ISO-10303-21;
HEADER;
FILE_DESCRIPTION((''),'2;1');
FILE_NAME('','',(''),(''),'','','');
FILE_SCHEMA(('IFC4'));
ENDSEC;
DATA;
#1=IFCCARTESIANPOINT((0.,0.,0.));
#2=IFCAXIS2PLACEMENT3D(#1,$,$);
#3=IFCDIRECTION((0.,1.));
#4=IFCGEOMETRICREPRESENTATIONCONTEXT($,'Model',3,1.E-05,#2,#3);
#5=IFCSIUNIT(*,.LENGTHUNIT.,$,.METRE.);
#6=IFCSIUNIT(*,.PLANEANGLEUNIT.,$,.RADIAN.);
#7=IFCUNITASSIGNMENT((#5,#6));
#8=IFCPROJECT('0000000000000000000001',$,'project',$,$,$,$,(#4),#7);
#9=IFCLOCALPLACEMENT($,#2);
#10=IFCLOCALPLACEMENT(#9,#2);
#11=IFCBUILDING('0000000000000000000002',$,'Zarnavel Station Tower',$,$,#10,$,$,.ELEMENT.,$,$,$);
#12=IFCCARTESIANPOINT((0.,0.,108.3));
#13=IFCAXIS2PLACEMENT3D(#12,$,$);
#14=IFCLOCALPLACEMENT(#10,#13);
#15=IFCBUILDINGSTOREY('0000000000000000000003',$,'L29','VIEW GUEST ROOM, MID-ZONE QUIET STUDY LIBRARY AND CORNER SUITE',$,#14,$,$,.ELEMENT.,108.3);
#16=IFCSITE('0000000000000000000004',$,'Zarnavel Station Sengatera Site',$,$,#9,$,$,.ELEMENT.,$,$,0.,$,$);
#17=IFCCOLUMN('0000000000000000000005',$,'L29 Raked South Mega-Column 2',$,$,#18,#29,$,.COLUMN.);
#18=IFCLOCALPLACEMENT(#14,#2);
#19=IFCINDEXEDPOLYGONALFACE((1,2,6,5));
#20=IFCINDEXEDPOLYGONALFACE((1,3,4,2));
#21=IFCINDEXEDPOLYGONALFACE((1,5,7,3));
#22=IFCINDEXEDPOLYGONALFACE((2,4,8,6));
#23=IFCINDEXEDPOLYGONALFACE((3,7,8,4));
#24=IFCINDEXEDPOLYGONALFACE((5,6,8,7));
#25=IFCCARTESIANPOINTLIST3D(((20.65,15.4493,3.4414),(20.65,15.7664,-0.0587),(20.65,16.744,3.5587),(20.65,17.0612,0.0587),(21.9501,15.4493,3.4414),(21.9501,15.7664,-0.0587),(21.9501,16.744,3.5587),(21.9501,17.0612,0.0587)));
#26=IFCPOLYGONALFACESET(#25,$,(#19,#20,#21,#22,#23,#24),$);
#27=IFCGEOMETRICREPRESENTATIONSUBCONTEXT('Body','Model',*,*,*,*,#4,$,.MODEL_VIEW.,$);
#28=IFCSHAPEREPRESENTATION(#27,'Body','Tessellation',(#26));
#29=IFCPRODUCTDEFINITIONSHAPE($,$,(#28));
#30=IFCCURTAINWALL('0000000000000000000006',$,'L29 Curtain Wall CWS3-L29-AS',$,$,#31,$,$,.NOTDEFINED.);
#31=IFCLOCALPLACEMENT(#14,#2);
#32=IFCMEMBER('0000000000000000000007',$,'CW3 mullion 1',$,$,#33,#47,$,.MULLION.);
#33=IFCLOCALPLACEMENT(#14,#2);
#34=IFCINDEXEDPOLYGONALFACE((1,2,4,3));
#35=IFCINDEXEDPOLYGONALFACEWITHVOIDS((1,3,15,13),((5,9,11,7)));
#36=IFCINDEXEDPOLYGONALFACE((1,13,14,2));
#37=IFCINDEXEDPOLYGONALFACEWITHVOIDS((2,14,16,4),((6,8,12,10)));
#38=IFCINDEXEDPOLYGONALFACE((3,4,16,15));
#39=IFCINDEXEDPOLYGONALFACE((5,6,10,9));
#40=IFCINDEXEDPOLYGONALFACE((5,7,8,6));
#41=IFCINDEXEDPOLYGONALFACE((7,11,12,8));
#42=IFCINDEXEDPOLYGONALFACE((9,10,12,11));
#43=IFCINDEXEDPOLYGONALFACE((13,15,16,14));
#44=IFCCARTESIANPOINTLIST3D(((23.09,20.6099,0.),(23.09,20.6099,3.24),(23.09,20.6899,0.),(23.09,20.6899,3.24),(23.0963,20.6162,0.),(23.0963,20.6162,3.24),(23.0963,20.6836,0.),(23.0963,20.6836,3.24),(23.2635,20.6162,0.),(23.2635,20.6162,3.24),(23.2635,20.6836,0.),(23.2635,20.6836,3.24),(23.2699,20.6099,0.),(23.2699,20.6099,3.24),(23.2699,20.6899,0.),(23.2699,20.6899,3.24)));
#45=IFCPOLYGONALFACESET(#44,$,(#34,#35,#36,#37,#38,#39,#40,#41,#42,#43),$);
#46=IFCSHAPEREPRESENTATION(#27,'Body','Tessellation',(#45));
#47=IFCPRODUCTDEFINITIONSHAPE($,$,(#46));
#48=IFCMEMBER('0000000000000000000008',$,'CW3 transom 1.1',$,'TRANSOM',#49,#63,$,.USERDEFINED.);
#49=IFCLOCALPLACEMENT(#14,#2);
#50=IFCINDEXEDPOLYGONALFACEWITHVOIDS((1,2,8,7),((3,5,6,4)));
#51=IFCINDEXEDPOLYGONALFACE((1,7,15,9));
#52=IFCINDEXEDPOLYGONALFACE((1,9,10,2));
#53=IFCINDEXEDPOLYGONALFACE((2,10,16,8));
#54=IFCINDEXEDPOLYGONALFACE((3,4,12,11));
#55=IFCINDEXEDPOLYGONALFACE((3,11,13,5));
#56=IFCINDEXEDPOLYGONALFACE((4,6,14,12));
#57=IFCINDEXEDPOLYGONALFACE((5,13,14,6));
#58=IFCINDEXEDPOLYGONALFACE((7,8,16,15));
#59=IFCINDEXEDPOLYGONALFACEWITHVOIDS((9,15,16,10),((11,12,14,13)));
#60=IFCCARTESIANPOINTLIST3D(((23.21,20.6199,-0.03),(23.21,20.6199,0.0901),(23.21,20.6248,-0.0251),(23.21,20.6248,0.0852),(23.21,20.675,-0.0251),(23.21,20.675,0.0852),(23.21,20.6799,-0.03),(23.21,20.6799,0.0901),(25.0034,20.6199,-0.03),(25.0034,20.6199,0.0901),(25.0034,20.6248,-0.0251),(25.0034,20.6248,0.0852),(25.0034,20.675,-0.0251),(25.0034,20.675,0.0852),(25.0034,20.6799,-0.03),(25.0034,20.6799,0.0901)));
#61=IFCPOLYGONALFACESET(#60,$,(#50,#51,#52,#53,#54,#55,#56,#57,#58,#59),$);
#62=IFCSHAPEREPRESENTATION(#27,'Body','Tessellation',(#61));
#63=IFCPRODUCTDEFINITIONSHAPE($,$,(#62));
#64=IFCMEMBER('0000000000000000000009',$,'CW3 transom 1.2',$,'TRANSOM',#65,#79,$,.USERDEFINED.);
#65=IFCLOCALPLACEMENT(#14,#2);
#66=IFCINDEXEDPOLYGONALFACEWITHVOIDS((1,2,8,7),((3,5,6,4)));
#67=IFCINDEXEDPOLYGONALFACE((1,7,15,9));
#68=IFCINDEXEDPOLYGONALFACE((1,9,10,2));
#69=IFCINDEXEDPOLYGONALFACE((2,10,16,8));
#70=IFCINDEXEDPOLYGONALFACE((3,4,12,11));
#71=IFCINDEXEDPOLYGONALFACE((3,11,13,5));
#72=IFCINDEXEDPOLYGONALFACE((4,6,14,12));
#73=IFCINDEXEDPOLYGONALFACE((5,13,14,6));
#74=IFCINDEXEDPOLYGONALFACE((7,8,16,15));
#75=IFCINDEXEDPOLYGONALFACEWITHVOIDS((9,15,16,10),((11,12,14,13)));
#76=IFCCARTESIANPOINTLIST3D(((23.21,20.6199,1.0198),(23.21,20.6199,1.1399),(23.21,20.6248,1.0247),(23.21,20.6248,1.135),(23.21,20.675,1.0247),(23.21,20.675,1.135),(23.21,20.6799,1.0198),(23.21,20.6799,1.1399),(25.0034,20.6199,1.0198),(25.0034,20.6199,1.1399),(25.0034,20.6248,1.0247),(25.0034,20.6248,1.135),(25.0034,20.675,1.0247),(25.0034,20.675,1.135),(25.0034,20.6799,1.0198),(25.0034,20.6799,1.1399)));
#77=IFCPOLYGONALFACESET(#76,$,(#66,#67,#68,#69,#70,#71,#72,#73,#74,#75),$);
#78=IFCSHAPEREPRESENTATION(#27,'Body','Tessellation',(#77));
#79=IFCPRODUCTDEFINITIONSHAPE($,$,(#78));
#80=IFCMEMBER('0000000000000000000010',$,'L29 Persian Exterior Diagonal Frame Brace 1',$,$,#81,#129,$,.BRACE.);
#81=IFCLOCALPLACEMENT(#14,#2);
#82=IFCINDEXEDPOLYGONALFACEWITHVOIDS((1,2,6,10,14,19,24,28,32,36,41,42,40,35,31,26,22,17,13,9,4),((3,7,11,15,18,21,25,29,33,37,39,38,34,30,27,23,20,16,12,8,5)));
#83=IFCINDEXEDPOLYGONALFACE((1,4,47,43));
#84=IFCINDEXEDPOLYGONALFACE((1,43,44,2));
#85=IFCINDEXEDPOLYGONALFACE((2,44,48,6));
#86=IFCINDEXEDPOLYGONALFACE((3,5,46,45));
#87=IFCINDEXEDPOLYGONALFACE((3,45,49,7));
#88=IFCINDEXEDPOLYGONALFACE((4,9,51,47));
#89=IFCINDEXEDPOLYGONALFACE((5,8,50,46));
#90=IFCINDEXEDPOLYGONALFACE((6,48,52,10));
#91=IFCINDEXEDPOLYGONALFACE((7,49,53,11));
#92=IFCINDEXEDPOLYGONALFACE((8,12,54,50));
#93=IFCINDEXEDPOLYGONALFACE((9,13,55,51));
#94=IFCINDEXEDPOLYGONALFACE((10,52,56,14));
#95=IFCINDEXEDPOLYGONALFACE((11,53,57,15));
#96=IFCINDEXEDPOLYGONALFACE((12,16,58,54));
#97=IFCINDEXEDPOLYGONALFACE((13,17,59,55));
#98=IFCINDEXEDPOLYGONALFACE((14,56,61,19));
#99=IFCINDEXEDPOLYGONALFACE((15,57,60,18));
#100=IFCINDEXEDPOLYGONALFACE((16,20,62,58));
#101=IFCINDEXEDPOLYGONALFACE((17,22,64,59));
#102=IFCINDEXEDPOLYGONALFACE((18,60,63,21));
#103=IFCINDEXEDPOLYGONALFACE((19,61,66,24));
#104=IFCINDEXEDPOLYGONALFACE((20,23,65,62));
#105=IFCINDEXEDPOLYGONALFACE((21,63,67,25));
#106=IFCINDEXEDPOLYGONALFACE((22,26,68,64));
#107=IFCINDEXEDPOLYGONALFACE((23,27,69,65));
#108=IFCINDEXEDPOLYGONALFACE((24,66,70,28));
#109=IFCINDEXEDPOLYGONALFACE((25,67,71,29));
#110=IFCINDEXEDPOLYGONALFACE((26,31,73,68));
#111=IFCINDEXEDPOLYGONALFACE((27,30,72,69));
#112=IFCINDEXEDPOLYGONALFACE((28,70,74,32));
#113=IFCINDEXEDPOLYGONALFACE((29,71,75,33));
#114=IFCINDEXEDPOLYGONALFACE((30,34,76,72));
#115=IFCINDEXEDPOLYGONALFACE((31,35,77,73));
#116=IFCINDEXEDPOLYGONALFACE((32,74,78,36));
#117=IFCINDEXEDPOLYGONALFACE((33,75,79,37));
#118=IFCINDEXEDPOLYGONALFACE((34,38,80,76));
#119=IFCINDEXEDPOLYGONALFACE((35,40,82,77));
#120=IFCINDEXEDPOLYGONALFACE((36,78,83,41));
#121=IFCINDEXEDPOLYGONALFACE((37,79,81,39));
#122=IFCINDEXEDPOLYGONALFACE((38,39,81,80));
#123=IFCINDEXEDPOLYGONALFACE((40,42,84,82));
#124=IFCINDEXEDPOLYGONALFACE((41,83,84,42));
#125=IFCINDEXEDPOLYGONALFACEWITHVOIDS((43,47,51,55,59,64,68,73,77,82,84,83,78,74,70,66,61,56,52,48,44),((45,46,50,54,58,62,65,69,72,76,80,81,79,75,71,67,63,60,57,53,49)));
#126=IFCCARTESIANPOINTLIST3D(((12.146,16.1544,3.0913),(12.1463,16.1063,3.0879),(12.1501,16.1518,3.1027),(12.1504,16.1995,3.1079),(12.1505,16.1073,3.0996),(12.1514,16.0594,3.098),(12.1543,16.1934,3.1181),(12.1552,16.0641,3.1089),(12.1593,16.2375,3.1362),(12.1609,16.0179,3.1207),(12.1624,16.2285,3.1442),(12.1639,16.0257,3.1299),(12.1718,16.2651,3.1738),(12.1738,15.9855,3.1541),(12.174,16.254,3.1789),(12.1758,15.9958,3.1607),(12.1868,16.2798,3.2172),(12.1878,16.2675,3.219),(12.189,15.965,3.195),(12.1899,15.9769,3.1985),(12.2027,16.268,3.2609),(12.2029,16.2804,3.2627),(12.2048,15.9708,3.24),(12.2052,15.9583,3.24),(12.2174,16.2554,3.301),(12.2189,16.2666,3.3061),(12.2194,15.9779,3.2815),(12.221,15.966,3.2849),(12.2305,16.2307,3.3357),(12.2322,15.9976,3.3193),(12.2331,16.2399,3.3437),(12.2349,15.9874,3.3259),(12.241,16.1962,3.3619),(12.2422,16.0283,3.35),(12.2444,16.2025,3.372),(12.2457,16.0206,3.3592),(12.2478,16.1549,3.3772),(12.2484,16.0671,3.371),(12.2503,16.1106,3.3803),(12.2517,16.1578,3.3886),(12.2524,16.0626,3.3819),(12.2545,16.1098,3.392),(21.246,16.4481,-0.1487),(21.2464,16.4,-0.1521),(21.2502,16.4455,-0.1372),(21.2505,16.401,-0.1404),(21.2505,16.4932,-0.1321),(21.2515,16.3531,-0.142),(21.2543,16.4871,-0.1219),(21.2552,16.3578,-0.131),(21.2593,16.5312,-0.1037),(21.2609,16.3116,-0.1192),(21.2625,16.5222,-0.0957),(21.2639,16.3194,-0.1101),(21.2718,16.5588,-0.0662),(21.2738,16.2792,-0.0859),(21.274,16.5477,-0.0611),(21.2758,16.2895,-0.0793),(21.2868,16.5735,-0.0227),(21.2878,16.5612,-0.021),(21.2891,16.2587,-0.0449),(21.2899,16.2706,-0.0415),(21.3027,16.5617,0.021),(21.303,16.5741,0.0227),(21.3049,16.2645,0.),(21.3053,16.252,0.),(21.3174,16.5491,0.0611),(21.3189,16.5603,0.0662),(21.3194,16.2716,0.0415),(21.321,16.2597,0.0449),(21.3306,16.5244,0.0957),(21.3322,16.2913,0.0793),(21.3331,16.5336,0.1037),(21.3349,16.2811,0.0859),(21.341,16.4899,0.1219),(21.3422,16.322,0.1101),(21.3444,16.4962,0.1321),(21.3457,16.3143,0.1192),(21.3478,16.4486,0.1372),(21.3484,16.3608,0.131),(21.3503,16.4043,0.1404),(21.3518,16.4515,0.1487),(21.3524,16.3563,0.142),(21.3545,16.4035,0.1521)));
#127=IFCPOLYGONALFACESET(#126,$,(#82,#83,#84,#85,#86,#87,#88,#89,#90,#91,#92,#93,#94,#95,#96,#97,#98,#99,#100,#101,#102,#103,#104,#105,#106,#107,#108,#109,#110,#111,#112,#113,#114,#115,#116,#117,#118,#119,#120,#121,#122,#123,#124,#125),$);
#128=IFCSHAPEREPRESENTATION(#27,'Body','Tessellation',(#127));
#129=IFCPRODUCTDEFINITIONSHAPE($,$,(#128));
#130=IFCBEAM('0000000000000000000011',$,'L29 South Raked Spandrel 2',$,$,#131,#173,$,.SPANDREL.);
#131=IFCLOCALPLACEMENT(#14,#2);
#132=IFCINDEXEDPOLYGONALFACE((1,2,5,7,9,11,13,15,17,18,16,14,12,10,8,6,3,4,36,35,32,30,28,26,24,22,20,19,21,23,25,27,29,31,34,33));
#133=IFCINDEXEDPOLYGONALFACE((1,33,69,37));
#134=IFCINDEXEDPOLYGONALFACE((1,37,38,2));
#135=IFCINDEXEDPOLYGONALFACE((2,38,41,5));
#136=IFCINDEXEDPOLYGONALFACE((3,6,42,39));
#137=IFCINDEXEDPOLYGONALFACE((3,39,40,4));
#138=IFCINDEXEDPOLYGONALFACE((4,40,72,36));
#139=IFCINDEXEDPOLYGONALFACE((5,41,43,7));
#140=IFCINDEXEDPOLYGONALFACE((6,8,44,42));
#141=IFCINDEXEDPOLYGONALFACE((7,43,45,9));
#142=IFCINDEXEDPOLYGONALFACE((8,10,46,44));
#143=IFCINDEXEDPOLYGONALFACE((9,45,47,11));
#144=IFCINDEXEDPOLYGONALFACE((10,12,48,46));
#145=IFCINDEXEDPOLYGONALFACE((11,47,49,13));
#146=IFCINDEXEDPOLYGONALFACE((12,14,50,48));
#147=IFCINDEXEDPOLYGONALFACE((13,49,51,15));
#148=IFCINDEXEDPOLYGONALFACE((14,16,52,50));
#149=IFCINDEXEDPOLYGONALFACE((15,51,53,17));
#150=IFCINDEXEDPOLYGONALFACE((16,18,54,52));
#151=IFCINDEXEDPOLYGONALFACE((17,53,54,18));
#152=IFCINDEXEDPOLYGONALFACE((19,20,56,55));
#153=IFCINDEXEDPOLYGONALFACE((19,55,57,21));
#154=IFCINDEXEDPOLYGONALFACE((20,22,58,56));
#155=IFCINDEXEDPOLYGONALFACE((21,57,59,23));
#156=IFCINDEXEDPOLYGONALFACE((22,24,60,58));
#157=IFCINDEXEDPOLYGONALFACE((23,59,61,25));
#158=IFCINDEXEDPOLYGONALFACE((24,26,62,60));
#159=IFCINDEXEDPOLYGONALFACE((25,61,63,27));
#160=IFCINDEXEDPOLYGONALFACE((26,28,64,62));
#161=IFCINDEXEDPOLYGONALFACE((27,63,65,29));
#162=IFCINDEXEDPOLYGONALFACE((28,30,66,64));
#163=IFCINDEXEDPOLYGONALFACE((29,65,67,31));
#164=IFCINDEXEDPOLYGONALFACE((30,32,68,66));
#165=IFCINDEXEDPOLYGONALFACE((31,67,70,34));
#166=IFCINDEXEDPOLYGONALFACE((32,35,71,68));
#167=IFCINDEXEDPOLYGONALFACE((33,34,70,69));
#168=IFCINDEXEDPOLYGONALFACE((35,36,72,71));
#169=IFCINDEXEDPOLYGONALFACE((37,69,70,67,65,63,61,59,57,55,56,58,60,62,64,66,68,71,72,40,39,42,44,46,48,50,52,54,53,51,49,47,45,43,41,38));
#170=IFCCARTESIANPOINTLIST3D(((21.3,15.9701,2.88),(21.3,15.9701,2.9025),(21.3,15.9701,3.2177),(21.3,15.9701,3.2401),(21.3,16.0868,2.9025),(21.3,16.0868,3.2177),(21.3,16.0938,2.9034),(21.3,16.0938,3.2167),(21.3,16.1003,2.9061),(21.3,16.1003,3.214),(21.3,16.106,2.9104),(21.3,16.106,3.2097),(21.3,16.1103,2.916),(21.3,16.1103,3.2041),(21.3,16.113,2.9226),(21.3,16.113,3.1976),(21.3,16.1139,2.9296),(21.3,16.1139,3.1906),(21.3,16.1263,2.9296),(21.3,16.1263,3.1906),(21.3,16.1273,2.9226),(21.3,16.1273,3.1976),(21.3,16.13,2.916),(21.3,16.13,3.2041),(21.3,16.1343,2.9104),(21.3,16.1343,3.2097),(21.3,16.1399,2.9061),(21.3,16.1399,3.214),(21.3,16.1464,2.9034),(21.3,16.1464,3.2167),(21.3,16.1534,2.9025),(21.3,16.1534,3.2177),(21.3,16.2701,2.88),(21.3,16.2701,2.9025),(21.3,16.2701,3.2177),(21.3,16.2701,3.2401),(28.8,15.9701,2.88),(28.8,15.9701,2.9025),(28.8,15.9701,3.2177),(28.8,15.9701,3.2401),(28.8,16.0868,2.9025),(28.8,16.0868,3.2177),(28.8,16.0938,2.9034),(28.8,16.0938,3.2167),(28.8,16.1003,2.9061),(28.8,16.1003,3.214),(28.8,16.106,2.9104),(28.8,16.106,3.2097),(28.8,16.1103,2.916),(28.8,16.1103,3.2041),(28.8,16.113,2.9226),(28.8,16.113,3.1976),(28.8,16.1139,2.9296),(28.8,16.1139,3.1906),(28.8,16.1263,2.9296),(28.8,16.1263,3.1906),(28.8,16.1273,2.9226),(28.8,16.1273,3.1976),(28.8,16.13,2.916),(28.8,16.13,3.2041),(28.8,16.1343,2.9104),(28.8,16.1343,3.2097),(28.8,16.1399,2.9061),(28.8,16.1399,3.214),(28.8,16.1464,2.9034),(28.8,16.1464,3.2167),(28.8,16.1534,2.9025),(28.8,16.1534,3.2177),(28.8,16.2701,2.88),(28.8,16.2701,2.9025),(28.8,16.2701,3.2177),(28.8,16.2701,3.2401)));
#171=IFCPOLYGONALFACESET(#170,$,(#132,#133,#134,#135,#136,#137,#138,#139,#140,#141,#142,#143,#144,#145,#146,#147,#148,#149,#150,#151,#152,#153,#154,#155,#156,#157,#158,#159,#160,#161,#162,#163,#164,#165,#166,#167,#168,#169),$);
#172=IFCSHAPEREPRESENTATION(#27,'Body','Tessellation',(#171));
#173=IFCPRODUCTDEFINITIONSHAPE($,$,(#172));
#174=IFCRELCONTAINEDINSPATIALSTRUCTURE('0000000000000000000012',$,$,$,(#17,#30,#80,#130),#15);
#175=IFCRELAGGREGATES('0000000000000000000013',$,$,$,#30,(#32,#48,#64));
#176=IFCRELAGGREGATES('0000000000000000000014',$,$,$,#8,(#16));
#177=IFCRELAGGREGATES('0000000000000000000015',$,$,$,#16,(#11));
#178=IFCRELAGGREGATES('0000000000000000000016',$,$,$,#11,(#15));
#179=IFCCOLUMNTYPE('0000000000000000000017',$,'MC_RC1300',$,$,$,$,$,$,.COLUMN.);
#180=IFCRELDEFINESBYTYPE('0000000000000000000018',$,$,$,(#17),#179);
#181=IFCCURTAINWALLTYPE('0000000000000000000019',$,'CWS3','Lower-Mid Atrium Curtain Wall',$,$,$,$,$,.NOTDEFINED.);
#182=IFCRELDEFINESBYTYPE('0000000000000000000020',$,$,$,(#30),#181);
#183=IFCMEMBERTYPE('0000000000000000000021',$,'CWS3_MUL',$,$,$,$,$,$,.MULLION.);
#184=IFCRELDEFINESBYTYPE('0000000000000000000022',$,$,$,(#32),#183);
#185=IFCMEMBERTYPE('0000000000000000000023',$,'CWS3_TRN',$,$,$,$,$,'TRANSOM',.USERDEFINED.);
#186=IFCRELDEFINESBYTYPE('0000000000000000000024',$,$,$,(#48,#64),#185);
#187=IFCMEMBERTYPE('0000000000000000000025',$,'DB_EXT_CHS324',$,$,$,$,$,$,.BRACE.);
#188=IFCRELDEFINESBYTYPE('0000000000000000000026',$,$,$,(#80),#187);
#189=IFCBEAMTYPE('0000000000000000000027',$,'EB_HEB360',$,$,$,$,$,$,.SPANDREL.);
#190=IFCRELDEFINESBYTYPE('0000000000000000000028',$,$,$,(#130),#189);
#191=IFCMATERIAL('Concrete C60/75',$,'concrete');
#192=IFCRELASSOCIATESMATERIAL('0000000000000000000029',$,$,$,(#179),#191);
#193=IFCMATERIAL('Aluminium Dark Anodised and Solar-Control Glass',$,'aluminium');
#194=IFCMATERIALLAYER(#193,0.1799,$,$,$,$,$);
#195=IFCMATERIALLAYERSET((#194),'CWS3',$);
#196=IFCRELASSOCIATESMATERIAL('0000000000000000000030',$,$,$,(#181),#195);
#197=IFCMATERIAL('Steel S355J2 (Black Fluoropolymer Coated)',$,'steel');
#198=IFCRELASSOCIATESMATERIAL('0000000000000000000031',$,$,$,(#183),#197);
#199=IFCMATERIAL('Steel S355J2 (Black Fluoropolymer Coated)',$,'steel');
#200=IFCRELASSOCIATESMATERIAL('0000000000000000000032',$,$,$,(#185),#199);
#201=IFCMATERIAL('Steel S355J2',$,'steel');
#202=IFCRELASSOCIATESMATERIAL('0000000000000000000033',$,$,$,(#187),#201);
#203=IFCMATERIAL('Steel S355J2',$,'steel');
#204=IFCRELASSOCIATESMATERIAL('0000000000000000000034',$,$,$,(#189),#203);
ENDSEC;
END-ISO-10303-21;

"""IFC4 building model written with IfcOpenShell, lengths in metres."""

from ifc_helpers import new_model, si_unit, direction, frame, origin, origin_2d, place, context, subcontext, project, spatial, rectangle, hollow_rectangle, hollow_circle, i_section, extrude, material, layer, layer_set, material_profile, profile_set, type_object, element, aggregate, save


model = new_model("IFC4")

# Units and contexts
model_context = context("Model", 3, precision=1e-05, world=origin(), true_north=direction((0.0, 1.0)))
body_context = subcontext(model_context, "Body", "Model", "MODEL_VIEW")
ifc_project = project(units=[si_unit("LENGTHUNIT", "METRE"), si_unit("PLANEANGLEUNIT", "RADIAN")], contexts=[model_context])

# Site, building, storey
site_placement = place(None, origin())
site = spatial("IfcSite", under=ifc_project, at=site_placement, Name="Zarnavel Station Sengatera Site", CompositionType="ELEMENT", RefElevation=0.0)
building_placement = place(site_placement, origin())
building = spatial("IfcBuilding", under=site, at=building_placement, Name="Zarnavel Station Tower", CompositionType="ELEMENT")
storey_placement = place(building_placement, frame((0.0, 0.0, 108.3)))
storey = spatial("IfcBuildingStorey", under=building, at=storey_placement, Name="L29", Description="VIEW GUEST ROOM, MID-ZONE QUIET STUDY LIBRARY AND CORNER SUITE", CompositionType="ELEMENT", Elevation=108.3)

# Column
ifc_material_1 = material(Name="Concrete C60/75", Category="concrete")
ifc_material_profile_1 = material_profile(ifc_material_1, rectangle(XDim=1.3, YDim=1.3, at=origin_2d()), Name="RC1300x1300")
ifc_profile_set_1 = profile_set([ifc_material_profile_1], Name="Concrete C60/75")
column_type = type_object("IfcColumnType", Name="MC_RC1300", PredefinedType="COLUMN", material=ifc_profile_set_1)
column_placement = place(storey_placement, frame((21.3, 16.4138, 0.0), z_axis=(0.0, -0.090241, 0.99592), x_axis=(1.0, 0.0, 0.0)))
element("IfcColumn", 1, at=column_placement, inside=storey, type_object=column_type, Name="L29 Raked South Mega-Column 2", PredefinedType="COLUMN", context=body_context, shape_type="SweptSolid", body=[
    extrude(rectangle(XDim=1.3, YDim=1.3, at=origin_2d()), origin(), (0.0, 0.0, 1.0), 3.5144),
])

# Curtain wall, members
ifc_material_2 = material(Name="Aluminium Dark Anodised and Solar-Control Glass", Category="aluminium")
ifc_layer_1 = layer(ifc_material_2, 0.1799)
ifc_layer_set_1 = layer_set([ifc_layer_1], Name="CWS3")
curtain_wall_type = type_object("IfcCurtainWallType", Name="CWS3", Description="Lower-Mid Atrium Curtain Wall", PredefinedType="NOTDEFINED", material=ifc_layer_set_1)
curtain_wall_placement = place(storey_placement, origin())
curtain_wall = element("IfcCurtainWall", 2, at=curtain_wall_placement, inside=storey, type_object=curtain_wall_type, Name="L29 Curtain Wall CWS3-L29-AS", PredefinedType="NOTDEFINED")
ifc_material_3 = material(Name="Steel S355J2 (Black Fluoropolymer Coated)", Category="steel")
ifc_material_profile_2 = material_profile(ifc_material_3, hollow_rectangle(XDim=0.0801, YDim=0.1799, WallThickness=0.0063, at=origin_2d()), Name="RHS180x80x6.3")
ifc_profile_set_2 = profile_set([ifc_material_profile_2], Name="Steel S355J2 (Black Fluoropolymer Coated)")
member_type_1 = type_object("IfcMemberType", Name="CWS3_MUL", PredefinedType="MULLION", material=ifc_profile_set_2)
member_1_placement = place(storey_placement, frame((23.1799, 20.6499, 0.0), z_axis=(0.0, 0.0, 1.0), x_axis=(0.0, 1.0, 0.0)))
member_1 = element("IfcMember", 3, at=member_1_placement, type_object=member_type_1, Name="CW3 mullion 1", PredefinedType="MULLION", context=body_context, shape_type="SweptSolid", body=[
    extrude(hollow_rectangle(XDim=0.0801, YDim=0.1799, WallThickness=0.0063, at=origin_2d()), origin(), (0.0, 0.0, 1.0), 3.24),
])
ifc_material_4 = material(Name="Steel S355J2 (Black Fluoropolymer Coated)", Category="steel")
ifc_material_profile_3 = material_profile(ifc_material_4, hollow_rectangle(XDim=0.0601, YDim=0.1201, WallThickness=0.0049, at=origin_2d()), Name="RHS120x60x5")
ifc_profile_set_3 = profile_set([ifc_material_profile_3], Name="Steel S355J2 (Black Fluoropolymer Coated)")
member_type_2 = type_object("IfcMemberType", Name="CWS3_TRN", ElementType="TRANSOM", PredefinedType="USERDEFINED", material=ifc_profile_set_3)
member_2_placement = place(storey_placement, frame((23.21, 20.6499, 0.03), z_axis=(1.0, 0.0, 0.0), x_axis=(0.0, 1.0, 0.0)))
member_2 = element("IfcMember", 4, at=member_2_placement, type_object=member_type_2, Name="CW3 transom 1.1", ObjectType="TRANSOM", PredefinedType="USERDEFINED", context=body_context, shape_type="SweptSolid", body=[
    extrude(hollow_rectangle(XDim=0.0601, YDim=0.1201, WallThickness=0.0049, at=origin_2d()), origin(), (0.0, 0.0, 1.0), 1.7935),
])
member_3_placement = place(storey_placement, frame((23.21, 20.6499, 1.0798), z_axis=(1.0, 0.0, 0.0), x_axis=(0.0, 1.0, 0.0)))
member_3 = element("IfcMember", 5, at=member_3_placement, type_object=member_type_2, Name="CW3 transom 1.2", ObjectType="TRANSOM", PredefinedType="USERDEFINED", context=body_context, shape_type="SweptSolid", body=[
    extrude(hollow_rectangle(XDim=0.0601, YDim=0.1201, WallThickness=0.0049, at=origin_2d()), origin(), (0.0, 0.0, 1.0), 1.7935),
])
aggregate(curtain_wall, [member_1, member_2, member_3])

# Member
ifc_material_5 = material(Name="Steel S355J2", Category="steel")
ifc_material_profile_4 = material_profile(ifc_material_5, hollow_circle(Radius=0.1619, WallThickness=0.0125, at=origin_2d()), Name="CHS323.9x12.5")
ifc_profile_set_4 = profile_set([ifc_material_profile_4], Name="Steel S355J2")
member_type_3 = type_object("IfcMemberType", Name="DB_EXT_CHS324", PredefinedType="BRACE", material=ifc_profile_set_4)
member_4_placement = place(storey_placement, frame((21.3, 16.4138, 0.0), z_axis=(-0.941636, -0.030391, 0.335259), x_axis=(0.032258, -0.99948, 0.0)))
element("IfcMember", 6, at=member_4_placement, inside=storey, type_object=member_type_3, Name="L29 Persian Exterior Diagonal Frame Brace 1", PredefinedType="BRACE", context=body_context, shape_type="SweptSolid", body=[
    extrude(hollow_circle(Radius=0.1619, WallThickness=0.0125, at=origin_2d()), origin(), (0.0, 0.0, 1.0), 9.6641),
])

# Beam
ifc_material_6 = material(Name="Steel S355J2", Category="steel")
ifc_material_profile_5 = material_profile(ifc_material_6, i_section(OverallWidth=0.3, OverallDepth=0.3601, WebThickness=0.0125, FlangeThickness=0.0225, FilletRadius=0.0271, at=origin_2d()), Name="HEB360")
ifc_profile_set_5 = profile_set([ifc_material_profile_5], Name="Steel S355J2")
beam_type_1 = type_object("IfcBeamType", Name="EB_HEB360", PredefinedType="SPANDREL", material=ifc_profile_set_5)
beam_1_placement = place(storey_placement, frame((21.3, 16.1201, 3.0601), z_axis=(1.0, 0.0, 0.0), x_axis=(0.0, 1.0, 0.0)))
element("IfcBeam", 7, at=beam_1_placement, inside=storey, type_object=beam_type_1, Name="L29 South Raked Spandrel 2", PredefinedType="SPANDREL", context=body_context, shape_type="SweptSolid", body=[
    extrude(i_section(OverallWidth=0.3, OverallDepth=0.3601, WebThickness=0.0125, FlangeThickness=0.0225, FilletRadius=0.0271, at=origin_2d()), origin(), (0.0, 0.0, 1.0), 7.5),
])

save(model, "model.ifc")
